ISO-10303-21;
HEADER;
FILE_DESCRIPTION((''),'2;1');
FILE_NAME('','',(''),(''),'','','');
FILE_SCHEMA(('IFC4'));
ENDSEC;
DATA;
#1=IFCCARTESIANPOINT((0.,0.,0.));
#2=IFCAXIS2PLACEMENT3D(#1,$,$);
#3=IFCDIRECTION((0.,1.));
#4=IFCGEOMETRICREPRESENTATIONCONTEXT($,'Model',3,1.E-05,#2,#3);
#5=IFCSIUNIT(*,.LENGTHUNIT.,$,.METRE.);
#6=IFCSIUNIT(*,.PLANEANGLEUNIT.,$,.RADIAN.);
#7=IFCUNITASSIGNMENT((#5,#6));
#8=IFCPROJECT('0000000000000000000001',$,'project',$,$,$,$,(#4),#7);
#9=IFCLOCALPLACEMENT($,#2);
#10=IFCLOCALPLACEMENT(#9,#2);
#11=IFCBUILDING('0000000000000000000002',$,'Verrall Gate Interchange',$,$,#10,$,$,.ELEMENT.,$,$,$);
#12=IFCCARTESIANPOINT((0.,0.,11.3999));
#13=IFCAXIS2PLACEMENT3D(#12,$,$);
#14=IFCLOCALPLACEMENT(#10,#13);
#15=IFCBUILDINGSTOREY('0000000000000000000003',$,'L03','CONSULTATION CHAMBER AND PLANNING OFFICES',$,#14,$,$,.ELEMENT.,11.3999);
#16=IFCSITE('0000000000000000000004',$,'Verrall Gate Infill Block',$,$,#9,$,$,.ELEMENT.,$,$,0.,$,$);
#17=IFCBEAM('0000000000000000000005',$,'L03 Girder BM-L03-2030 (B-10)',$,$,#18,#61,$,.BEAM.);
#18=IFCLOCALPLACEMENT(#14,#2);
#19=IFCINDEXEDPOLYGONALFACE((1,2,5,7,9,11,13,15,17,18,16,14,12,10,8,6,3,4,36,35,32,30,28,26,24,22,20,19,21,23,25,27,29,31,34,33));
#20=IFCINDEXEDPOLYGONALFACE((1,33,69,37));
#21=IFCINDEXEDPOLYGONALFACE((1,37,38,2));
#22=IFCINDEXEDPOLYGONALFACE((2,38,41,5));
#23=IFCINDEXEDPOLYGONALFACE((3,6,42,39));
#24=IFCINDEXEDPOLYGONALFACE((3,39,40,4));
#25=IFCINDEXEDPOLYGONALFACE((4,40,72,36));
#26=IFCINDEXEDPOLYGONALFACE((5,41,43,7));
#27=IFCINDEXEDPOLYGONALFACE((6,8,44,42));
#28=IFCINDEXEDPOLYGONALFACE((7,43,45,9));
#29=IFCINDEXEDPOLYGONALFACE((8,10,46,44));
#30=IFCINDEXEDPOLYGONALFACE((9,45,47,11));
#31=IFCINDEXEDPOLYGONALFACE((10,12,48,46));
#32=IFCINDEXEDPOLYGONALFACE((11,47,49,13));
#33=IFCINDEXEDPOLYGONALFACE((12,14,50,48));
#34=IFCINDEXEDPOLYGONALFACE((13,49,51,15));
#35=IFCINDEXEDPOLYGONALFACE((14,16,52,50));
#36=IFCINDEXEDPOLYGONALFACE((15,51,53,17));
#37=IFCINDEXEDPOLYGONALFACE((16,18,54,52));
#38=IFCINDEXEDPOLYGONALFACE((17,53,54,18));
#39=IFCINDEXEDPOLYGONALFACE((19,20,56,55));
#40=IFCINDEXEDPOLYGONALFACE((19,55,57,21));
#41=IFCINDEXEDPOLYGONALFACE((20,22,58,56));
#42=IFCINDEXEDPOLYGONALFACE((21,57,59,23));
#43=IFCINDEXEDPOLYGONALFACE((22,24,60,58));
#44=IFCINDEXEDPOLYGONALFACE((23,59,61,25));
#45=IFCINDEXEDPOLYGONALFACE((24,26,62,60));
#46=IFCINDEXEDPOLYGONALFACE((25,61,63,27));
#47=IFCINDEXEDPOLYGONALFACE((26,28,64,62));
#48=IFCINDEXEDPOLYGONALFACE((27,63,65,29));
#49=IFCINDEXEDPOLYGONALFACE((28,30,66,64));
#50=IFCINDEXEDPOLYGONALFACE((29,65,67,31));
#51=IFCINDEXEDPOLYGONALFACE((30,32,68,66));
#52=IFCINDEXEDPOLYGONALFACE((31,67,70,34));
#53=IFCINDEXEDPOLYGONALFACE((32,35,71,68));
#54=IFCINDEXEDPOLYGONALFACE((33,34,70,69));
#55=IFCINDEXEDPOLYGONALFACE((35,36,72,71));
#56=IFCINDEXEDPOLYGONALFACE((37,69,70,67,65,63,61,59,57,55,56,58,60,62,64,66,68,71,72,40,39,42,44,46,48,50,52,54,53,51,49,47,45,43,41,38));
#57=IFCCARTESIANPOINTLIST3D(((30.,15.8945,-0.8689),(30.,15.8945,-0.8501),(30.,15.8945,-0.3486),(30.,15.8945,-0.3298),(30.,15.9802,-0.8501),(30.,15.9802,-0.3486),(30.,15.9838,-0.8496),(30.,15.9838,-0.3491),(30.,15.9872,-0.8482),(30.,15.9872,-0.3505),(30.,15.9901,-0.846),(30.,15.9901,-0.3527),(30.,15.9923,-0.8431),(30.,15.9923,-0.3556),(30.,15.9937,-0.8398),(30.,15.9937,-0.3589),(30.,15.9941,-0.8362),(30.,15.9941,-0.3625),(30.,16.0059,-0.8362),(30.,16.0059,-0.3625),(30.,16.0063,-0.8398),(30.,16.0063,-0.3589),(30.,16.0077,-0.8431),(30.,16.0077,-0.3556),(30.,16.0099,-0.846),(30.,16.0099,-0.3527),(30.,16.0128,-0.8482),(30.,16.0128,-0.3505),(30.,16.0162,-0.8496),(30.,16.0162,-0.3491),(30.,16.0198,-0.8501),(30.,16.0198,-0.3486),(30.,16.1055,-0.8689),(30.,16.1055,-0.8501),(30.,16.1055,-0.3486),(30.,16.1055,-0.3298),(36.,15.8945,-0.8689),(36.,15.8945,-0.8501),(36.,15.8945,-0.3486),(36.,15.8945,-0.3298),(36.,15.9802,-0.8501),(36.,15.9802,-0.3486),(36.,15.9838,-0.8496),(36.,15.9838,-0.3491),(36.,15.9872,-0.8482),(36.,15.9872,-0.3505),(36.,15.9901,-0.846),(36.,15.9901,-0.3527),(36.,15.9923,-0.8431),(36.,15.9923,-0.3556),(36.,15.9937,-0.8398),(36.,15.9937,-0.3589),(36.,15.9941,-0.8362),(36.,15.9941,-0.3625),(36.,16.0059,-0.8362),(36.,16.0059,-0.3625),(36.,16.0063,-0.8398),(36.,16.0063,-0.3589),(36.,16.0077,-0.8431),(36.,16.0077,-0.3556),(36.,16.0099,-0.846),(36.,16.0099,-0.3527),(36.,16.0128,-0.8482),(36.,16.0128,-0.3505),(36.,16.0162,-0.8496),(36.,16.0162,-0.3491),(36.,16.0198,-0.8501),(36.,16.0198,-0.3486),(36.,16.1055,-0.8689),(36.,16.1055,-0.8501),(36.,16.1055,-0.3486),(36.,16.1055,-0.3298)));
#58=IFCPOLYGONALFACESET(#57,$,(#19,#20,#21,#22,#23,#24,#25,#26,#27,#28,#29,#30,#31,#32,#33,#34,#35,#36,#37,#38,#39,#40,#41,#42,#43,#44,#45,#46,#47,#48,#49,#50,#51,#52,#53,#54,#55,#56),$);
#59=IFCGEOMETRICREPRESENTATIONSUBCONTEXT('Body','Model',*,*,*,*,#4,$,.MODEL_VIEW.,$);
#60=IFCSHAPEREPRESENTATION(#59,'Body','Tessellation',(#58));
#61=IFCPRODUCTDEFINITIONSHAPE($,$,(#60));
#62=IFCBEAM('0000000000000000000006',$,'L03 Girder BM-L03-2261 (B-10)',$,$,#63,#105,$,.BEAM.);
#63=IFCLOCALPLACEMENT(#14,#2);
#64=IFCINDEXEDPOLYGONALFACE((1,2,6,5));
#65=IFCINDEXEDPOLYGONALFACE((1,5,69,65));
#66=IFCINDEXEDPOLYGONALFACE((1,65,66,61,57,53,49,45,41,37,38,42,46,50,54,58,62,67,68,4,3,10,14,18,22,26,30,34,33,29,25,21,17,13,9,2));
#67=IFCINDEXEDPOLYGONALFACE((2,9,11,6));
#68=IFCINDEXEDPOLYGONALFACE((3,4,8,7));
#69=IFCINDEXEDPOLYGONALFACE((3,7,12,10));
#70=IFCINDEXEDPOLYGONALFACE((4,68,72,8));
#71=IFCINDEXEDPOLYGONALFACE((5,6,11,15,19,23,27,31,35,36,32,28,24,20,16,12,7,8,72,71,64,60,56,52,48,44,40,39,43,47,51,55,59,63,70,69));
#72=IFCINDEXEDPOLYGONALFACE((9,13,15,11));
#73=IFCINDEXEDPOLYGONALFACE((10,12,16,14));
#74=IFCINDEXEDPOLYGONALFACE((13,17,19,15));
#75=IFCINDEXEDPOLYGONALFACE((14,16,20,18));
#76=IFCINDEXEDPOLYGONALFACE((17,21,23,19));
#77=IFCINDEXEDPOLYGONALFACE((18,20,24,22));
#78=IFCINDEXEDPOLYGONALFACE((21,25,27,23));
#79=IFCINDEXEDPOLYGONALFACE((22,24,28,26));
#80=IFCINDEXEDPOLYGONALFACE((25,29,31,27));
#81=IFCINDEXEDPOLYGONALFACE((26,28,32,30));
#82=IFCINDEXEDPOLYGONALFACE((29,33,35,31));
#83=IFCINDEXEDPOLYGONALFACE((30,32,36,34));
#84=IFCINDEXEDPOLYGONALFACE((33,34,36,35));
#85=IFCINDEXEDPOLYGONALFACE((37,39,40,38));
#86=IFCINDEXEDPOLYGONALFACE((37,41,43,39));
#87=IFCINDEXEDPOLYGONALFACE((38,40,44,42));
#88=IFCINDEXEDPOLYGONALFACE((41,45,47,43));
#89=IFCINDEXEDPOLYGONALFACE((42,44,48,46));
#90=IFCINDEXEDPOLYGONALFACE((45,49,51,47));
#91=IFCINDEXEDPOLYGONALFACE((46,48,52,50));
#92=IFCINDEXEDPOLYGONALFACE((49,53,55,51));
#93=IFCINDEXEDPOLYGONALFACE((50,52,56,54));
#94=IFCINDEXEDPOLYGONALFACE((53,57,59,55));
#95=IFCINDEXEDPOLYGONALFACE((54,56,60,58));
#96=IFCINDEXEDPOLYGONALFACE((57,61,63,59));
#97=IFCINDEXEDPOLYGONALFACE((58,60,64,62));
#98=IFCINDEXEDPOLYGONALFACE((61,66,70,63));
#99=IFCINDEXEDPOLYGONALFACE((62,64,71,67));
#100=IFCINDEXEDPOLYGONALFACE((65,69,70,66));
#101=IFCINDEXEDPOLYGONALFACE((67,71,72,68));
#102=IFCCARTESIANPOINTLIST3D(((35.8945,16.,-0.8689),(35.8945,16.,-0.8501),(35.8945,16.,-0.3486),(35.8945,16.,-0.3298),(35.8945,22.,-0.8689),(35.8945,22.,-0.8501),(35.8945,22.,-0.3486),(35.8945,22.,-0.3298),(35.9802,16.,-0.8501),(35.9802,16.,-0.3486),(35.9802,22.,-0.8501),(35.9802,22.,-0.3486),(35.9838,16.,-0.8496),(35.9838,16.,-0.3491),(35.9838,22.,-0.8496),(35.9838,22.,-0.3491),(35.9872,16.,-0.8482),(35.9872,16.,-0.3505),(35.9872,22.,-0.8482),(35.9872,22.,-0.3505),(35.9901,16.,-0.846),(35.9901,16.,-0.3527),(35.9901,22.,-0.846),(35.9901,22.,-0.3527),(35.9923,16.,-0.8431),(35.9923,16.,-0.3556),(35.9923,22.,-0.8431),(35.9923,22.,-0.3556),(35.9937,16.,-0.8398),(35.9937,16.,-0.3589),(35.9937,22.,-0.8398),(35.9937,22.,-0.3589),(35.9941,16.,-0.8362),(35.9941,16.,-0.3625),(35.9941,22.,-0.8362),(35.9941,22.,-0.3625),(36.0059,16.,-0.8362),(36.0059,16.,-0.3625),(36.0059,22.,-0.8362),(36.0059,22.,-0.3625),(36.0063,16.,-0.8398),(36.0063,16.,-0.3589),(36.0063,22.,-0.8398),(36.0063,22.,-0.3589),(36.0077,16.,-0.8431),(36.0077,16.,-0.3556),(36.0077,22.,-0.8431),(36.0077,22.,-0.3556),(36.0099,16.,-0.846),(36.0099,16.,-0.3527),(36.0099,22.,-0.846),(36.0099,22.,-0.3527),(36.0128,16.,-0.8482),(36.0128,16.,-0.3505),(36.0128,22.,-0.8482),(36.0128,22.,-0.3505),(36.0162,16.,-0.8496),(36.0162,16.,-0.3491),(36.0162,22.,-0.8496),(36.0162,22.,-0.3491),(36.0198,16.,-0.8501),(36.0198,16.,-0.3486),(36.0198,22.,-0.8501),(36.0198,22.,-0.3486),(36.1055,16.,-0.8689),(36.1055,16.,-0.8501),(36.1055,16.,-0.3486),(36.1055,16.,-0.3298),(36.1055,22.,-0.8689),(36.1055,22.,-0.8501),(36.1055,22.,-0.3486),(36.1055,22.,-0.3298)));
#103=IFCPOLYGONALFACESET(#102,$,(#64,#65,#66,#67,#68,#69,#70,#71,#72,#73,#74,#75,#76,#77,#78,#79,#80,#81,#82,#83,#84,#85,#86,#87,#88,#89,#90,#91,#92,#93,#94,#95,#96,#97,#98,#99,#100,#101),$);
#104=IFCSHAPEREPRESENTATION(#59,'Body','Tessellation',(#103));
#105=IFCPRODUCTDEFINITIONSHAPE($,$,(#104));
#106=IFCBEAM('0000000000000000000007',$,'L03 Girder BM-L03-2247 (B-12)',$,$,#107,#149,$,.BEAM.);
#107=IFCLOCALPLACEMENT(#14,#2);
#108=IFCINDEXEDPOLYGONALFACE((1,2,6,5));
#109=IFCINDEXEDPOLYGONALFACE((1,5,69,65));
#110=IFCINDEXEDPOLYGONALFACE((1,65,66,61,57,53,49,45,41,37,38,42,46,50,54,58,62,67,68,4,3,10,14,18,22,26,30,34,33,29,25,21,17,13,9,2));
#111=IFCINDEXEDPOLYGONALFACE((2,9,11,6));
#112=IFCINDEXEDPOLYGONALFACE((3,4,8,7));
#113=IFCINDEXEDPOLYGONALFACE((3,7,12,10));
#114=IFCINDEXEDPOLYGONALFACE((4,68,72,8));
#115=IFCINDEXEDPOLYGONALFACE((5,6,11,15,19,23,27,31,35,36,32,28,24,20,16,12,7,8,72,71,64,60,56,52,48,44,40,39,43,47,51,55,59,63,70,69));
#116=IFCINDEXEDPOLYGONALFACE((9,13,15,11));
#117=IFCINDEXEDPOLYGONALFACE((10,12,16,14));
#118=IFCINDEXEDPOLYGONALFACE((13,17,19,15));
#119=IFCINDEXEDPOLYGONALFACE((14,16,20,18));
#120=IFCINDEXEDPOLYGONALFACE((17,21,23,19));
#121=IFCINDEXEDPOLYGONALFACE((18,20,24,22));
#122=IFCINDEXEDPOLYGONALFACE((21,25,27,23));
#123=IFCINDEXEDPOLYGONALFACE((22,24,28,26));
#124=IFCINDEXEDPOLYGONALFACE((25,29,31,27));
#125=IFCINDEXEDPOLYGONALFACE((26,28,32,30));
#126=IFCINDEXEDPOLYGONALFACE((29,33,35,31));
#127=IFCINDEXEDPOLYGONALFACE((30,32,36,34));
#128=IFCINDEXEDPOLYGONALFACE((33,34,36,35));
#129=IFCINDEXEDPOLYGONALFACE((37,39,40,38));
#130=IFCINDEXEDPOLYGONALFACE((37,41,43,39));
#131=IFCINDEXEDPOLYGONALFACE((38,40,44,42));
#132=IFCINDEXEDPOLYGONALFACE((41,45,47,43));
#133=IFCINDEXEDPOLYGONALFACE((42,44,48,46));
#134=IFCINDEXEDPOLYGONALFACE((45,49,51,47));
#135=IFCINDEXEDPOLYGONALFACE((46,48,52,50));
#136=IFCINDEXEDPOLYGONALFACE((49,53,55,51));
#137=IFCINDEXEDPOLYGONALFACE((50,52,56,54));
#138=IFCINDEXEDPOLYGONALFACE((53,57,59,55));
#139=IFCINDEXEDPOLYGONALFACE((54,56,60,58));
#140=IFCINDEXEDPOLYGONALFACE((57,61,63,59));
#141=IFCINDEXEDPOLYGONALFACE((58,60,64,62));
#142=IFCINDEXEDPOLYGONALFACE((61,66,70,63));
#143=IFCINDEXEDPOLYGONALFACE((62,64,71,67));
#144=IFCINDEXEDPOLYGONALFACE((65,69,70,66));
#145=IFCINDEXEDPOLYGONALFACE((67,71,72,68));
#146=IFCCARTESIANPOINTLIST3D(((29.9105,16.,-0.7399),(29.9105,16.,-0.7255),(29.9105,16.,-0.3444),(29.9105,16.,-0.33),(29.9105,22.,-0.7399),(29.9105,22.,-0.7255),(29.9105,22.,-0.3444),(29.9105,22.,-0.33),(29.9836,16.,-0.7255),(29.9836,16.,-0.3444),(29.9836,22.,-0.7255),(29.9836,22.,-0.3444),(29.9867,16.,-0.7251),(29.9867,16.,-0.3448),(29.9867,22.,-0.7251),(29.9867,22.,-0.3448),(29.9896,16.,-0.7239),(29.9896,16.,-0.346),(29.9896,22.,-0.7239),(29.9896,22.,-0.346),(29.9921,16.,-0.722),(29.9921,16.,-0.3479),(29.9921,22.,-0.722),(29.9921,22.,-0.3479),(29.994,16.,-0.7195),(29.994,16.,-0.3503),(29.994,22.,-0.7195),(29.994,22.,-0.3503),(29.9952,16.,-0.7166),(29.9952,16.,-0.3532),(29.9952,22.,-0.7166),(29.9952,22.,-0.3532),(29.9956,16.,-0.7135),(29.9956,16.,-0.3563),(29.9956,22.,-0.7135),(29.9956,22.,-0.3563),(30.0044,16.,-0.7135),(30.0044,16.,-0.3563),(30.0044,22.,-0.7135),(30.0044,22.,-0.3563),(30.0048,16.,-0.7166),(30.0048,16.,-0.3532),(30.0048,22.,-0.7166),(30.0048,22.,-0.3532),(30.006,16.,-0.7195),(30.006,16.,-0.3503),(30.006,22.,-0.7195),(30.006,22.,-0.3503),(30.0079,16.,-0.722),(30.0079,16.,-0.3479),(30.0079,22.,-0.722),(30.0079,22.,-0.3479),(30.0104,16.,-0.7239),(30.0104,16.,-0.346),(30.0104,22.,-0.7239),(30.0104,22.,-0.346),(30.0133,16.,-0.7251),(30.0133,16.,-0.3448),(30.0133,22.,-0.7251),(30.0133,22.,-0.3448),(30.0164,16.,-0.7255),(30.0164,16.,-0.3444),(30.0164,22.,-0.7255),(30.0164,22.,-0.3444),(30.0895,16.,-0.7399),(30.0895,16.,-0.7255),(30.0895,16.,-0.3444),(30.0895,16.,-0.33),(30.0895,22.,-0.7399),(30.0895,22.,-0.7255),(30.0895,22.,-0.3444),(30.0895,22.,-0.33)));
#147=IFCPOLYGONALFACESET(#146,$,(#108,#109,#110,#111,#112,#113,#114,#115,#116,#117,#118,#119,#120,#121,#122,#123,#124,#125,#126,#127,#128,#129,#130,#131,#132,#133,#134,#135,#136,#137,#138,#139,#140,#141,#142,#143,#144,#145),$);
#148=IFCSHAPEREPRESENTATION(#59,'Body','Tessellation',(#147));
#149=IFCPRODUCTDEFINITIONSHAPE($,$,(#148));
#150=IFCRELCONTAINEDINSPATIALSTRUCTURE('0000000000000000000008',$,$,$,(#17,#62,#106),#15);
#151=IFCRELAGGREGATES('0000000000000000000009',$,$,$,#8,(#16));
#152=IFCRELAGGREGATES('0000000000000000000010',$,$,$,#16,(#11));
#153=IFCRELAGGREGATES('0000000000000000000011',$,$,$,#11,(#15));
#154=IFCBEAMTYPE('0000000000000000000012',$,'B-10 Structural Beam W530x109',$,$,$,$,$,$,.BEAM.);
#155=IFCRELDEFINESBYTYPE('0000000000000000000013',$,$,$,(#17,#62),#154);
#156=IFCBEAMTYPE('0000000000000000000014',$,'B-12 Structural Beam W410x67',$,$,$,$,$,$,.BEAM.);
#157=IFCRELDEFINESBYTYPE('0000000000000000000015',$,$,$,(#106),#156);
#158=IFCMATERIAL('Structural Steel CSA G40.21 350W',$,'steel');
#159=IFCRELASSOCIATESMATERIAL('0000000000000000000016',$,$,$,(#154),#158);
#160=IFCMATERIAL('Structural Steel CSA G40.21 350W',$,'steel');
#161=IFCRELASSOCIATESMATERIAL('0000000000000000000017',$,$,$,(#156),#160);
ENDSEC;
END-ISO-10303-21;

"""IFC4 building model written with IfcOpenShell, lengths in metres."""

from ifc_helpers import new_model, si_unit, direction, frame, origin, origin_2d, place, context, subcontext, project, spatial, i_section, extrude, material, material_profile, profile_set, type_object, element, save


model = new_model("IFC4")

# Units and contexts
model_context = context("Model", 3, precision=1e-05, world=origin(), true_north=direction((0.0, 1.0)))
body_context = subcontext(model_context, "Body", "Model", "MODEL_VIEW")
ifc_project = project(units=[si_unit("LENGTHUNIT", "METRE"), si_unit("PLANEANGLEUNIT", "RADIAN")], contexts=[model_context])

# Site, building, storey
site_placement = place(None, origin())
site = spatial("IfcSite", under=ifc_project, at=site_placement, Name="Verrall Gate Infill Block", CompositionType="ELEMENT", RefElevation=0.0)
building_placement = place(site_placement, origin())
building = spatial("IfcBuilding", under=site, at=building_placement, Name="Verrall Gate Interchange", CompositionType="ELEMENT")
storey_placement = place(building_placement, frame((0.0, 0.0, 11.3999)))
storey = spatial("IfcBuildingStorey", under=building, at=storey_placement, Name="L03", Description="CONSULTATION CHAMBER AND PLANNING OFFICES", CompositionType="ELEMENT", Elevation=11.3999)

# Beams
ifc_material_1 = material(Name="Structural Steel CSA G40.21 350W", Category="steel")
ifc_material_profile_1 = material_profile(ifc_material_1, i_section(OverallWidth=0.2109, OverallDepth=0.5391, WebThickness=0.0117, FlangeThickness=0.0188, FilletRadius=0.0139, at=origin_2d()), Name="W530x109")
ifc_profile_set_1 = profile_set([ifc_material_profile_1], Name="Structural Steel CSA G40.21 350W")
beam_type_1 = type_object("IfcBeamType", Name="B-10 Structural Beam W530x109", PredefinedType="BEAM", material=ifc_profile_set_1)
for number, where, z_axis, x_axis, name in (
    (1, (30.0, 16.0, -0.5994), (1.0, 0.0, 0.0), (0.0, 1.0, 0.0), "L03 Girder BM-L03-2030 (B-10)"),
    (2, (36.0, 16.0, -0.5994), (0.0, 1.0, 0.0), (-1.0, 0.0, 0.0), "L03 Girder BM-L03-2261 (B-10)"),
):
    element("IfcBeam", number, at=place(storey_placement, frame(where, z_axis=z_axis, x_axis=x_axis)), inside=storey, type_object=beam_type_1, Name=name, PredefinedType="BEAM", context=body_context, shape_type="SweptSolid", body=[
        extrude(i_section(OverallWidth=0.2109, OverallDepth=0.5391, WebThickness=0.0117, FlangeThickness=0.0188, FilletRadius=0.0139, at=origin_2d()), origin(), (0.0, 0.0, 1.0), 6.0),
    ])
ifc_material_2 = material(Name="Structural Steel CSA G40.21 350W", Category="steel")
ifc_material_profile_2 = material_profile(ifc_material_2, i_section(OverallWidth=0.179, OverallDepth=0.4099, WebThickness=0.0088, FlangeThickness=0.0144, FilletRadius=0.012, at=origin_2d()), Name="W410x67")
ifc_profile_set_2 = profile_set([ifc_material_profile_2], Name="Structural Steel CSA G40.21 350W")
beam_type_2 = type_object("IfcBeamType", Name="B-12 Structural Beam W410x67", PredefinedType="BEAM", material=ifc_profile_set_2)
beam_1_placement = place(storey_placement, frame((30.0, 16.0, -0.5349), z_axis=(0.0, 1.0, 0.0), x_axis=(-1.0, 0.0, 0.0)))
element("IfcBeam", 3, at=beam_1_placement, inside=storey, type_object=beam_type_2, Name="L03 Girder BM-L03-2247 (B-12)", PredefinedType="BEAM", context=body_context, shape_type="SweptSolid", body=[
    extrude(i_section(OverallWidth=0.179, OverallDepth=0.4099, WebThickness=0.0088, FlangeThickness=0.0144, FilletRadius=0.012, at=origin_2d()), origin(), (0.0, 0.0, 1.0), 6.0),
])

save(model, "model.ifc")
